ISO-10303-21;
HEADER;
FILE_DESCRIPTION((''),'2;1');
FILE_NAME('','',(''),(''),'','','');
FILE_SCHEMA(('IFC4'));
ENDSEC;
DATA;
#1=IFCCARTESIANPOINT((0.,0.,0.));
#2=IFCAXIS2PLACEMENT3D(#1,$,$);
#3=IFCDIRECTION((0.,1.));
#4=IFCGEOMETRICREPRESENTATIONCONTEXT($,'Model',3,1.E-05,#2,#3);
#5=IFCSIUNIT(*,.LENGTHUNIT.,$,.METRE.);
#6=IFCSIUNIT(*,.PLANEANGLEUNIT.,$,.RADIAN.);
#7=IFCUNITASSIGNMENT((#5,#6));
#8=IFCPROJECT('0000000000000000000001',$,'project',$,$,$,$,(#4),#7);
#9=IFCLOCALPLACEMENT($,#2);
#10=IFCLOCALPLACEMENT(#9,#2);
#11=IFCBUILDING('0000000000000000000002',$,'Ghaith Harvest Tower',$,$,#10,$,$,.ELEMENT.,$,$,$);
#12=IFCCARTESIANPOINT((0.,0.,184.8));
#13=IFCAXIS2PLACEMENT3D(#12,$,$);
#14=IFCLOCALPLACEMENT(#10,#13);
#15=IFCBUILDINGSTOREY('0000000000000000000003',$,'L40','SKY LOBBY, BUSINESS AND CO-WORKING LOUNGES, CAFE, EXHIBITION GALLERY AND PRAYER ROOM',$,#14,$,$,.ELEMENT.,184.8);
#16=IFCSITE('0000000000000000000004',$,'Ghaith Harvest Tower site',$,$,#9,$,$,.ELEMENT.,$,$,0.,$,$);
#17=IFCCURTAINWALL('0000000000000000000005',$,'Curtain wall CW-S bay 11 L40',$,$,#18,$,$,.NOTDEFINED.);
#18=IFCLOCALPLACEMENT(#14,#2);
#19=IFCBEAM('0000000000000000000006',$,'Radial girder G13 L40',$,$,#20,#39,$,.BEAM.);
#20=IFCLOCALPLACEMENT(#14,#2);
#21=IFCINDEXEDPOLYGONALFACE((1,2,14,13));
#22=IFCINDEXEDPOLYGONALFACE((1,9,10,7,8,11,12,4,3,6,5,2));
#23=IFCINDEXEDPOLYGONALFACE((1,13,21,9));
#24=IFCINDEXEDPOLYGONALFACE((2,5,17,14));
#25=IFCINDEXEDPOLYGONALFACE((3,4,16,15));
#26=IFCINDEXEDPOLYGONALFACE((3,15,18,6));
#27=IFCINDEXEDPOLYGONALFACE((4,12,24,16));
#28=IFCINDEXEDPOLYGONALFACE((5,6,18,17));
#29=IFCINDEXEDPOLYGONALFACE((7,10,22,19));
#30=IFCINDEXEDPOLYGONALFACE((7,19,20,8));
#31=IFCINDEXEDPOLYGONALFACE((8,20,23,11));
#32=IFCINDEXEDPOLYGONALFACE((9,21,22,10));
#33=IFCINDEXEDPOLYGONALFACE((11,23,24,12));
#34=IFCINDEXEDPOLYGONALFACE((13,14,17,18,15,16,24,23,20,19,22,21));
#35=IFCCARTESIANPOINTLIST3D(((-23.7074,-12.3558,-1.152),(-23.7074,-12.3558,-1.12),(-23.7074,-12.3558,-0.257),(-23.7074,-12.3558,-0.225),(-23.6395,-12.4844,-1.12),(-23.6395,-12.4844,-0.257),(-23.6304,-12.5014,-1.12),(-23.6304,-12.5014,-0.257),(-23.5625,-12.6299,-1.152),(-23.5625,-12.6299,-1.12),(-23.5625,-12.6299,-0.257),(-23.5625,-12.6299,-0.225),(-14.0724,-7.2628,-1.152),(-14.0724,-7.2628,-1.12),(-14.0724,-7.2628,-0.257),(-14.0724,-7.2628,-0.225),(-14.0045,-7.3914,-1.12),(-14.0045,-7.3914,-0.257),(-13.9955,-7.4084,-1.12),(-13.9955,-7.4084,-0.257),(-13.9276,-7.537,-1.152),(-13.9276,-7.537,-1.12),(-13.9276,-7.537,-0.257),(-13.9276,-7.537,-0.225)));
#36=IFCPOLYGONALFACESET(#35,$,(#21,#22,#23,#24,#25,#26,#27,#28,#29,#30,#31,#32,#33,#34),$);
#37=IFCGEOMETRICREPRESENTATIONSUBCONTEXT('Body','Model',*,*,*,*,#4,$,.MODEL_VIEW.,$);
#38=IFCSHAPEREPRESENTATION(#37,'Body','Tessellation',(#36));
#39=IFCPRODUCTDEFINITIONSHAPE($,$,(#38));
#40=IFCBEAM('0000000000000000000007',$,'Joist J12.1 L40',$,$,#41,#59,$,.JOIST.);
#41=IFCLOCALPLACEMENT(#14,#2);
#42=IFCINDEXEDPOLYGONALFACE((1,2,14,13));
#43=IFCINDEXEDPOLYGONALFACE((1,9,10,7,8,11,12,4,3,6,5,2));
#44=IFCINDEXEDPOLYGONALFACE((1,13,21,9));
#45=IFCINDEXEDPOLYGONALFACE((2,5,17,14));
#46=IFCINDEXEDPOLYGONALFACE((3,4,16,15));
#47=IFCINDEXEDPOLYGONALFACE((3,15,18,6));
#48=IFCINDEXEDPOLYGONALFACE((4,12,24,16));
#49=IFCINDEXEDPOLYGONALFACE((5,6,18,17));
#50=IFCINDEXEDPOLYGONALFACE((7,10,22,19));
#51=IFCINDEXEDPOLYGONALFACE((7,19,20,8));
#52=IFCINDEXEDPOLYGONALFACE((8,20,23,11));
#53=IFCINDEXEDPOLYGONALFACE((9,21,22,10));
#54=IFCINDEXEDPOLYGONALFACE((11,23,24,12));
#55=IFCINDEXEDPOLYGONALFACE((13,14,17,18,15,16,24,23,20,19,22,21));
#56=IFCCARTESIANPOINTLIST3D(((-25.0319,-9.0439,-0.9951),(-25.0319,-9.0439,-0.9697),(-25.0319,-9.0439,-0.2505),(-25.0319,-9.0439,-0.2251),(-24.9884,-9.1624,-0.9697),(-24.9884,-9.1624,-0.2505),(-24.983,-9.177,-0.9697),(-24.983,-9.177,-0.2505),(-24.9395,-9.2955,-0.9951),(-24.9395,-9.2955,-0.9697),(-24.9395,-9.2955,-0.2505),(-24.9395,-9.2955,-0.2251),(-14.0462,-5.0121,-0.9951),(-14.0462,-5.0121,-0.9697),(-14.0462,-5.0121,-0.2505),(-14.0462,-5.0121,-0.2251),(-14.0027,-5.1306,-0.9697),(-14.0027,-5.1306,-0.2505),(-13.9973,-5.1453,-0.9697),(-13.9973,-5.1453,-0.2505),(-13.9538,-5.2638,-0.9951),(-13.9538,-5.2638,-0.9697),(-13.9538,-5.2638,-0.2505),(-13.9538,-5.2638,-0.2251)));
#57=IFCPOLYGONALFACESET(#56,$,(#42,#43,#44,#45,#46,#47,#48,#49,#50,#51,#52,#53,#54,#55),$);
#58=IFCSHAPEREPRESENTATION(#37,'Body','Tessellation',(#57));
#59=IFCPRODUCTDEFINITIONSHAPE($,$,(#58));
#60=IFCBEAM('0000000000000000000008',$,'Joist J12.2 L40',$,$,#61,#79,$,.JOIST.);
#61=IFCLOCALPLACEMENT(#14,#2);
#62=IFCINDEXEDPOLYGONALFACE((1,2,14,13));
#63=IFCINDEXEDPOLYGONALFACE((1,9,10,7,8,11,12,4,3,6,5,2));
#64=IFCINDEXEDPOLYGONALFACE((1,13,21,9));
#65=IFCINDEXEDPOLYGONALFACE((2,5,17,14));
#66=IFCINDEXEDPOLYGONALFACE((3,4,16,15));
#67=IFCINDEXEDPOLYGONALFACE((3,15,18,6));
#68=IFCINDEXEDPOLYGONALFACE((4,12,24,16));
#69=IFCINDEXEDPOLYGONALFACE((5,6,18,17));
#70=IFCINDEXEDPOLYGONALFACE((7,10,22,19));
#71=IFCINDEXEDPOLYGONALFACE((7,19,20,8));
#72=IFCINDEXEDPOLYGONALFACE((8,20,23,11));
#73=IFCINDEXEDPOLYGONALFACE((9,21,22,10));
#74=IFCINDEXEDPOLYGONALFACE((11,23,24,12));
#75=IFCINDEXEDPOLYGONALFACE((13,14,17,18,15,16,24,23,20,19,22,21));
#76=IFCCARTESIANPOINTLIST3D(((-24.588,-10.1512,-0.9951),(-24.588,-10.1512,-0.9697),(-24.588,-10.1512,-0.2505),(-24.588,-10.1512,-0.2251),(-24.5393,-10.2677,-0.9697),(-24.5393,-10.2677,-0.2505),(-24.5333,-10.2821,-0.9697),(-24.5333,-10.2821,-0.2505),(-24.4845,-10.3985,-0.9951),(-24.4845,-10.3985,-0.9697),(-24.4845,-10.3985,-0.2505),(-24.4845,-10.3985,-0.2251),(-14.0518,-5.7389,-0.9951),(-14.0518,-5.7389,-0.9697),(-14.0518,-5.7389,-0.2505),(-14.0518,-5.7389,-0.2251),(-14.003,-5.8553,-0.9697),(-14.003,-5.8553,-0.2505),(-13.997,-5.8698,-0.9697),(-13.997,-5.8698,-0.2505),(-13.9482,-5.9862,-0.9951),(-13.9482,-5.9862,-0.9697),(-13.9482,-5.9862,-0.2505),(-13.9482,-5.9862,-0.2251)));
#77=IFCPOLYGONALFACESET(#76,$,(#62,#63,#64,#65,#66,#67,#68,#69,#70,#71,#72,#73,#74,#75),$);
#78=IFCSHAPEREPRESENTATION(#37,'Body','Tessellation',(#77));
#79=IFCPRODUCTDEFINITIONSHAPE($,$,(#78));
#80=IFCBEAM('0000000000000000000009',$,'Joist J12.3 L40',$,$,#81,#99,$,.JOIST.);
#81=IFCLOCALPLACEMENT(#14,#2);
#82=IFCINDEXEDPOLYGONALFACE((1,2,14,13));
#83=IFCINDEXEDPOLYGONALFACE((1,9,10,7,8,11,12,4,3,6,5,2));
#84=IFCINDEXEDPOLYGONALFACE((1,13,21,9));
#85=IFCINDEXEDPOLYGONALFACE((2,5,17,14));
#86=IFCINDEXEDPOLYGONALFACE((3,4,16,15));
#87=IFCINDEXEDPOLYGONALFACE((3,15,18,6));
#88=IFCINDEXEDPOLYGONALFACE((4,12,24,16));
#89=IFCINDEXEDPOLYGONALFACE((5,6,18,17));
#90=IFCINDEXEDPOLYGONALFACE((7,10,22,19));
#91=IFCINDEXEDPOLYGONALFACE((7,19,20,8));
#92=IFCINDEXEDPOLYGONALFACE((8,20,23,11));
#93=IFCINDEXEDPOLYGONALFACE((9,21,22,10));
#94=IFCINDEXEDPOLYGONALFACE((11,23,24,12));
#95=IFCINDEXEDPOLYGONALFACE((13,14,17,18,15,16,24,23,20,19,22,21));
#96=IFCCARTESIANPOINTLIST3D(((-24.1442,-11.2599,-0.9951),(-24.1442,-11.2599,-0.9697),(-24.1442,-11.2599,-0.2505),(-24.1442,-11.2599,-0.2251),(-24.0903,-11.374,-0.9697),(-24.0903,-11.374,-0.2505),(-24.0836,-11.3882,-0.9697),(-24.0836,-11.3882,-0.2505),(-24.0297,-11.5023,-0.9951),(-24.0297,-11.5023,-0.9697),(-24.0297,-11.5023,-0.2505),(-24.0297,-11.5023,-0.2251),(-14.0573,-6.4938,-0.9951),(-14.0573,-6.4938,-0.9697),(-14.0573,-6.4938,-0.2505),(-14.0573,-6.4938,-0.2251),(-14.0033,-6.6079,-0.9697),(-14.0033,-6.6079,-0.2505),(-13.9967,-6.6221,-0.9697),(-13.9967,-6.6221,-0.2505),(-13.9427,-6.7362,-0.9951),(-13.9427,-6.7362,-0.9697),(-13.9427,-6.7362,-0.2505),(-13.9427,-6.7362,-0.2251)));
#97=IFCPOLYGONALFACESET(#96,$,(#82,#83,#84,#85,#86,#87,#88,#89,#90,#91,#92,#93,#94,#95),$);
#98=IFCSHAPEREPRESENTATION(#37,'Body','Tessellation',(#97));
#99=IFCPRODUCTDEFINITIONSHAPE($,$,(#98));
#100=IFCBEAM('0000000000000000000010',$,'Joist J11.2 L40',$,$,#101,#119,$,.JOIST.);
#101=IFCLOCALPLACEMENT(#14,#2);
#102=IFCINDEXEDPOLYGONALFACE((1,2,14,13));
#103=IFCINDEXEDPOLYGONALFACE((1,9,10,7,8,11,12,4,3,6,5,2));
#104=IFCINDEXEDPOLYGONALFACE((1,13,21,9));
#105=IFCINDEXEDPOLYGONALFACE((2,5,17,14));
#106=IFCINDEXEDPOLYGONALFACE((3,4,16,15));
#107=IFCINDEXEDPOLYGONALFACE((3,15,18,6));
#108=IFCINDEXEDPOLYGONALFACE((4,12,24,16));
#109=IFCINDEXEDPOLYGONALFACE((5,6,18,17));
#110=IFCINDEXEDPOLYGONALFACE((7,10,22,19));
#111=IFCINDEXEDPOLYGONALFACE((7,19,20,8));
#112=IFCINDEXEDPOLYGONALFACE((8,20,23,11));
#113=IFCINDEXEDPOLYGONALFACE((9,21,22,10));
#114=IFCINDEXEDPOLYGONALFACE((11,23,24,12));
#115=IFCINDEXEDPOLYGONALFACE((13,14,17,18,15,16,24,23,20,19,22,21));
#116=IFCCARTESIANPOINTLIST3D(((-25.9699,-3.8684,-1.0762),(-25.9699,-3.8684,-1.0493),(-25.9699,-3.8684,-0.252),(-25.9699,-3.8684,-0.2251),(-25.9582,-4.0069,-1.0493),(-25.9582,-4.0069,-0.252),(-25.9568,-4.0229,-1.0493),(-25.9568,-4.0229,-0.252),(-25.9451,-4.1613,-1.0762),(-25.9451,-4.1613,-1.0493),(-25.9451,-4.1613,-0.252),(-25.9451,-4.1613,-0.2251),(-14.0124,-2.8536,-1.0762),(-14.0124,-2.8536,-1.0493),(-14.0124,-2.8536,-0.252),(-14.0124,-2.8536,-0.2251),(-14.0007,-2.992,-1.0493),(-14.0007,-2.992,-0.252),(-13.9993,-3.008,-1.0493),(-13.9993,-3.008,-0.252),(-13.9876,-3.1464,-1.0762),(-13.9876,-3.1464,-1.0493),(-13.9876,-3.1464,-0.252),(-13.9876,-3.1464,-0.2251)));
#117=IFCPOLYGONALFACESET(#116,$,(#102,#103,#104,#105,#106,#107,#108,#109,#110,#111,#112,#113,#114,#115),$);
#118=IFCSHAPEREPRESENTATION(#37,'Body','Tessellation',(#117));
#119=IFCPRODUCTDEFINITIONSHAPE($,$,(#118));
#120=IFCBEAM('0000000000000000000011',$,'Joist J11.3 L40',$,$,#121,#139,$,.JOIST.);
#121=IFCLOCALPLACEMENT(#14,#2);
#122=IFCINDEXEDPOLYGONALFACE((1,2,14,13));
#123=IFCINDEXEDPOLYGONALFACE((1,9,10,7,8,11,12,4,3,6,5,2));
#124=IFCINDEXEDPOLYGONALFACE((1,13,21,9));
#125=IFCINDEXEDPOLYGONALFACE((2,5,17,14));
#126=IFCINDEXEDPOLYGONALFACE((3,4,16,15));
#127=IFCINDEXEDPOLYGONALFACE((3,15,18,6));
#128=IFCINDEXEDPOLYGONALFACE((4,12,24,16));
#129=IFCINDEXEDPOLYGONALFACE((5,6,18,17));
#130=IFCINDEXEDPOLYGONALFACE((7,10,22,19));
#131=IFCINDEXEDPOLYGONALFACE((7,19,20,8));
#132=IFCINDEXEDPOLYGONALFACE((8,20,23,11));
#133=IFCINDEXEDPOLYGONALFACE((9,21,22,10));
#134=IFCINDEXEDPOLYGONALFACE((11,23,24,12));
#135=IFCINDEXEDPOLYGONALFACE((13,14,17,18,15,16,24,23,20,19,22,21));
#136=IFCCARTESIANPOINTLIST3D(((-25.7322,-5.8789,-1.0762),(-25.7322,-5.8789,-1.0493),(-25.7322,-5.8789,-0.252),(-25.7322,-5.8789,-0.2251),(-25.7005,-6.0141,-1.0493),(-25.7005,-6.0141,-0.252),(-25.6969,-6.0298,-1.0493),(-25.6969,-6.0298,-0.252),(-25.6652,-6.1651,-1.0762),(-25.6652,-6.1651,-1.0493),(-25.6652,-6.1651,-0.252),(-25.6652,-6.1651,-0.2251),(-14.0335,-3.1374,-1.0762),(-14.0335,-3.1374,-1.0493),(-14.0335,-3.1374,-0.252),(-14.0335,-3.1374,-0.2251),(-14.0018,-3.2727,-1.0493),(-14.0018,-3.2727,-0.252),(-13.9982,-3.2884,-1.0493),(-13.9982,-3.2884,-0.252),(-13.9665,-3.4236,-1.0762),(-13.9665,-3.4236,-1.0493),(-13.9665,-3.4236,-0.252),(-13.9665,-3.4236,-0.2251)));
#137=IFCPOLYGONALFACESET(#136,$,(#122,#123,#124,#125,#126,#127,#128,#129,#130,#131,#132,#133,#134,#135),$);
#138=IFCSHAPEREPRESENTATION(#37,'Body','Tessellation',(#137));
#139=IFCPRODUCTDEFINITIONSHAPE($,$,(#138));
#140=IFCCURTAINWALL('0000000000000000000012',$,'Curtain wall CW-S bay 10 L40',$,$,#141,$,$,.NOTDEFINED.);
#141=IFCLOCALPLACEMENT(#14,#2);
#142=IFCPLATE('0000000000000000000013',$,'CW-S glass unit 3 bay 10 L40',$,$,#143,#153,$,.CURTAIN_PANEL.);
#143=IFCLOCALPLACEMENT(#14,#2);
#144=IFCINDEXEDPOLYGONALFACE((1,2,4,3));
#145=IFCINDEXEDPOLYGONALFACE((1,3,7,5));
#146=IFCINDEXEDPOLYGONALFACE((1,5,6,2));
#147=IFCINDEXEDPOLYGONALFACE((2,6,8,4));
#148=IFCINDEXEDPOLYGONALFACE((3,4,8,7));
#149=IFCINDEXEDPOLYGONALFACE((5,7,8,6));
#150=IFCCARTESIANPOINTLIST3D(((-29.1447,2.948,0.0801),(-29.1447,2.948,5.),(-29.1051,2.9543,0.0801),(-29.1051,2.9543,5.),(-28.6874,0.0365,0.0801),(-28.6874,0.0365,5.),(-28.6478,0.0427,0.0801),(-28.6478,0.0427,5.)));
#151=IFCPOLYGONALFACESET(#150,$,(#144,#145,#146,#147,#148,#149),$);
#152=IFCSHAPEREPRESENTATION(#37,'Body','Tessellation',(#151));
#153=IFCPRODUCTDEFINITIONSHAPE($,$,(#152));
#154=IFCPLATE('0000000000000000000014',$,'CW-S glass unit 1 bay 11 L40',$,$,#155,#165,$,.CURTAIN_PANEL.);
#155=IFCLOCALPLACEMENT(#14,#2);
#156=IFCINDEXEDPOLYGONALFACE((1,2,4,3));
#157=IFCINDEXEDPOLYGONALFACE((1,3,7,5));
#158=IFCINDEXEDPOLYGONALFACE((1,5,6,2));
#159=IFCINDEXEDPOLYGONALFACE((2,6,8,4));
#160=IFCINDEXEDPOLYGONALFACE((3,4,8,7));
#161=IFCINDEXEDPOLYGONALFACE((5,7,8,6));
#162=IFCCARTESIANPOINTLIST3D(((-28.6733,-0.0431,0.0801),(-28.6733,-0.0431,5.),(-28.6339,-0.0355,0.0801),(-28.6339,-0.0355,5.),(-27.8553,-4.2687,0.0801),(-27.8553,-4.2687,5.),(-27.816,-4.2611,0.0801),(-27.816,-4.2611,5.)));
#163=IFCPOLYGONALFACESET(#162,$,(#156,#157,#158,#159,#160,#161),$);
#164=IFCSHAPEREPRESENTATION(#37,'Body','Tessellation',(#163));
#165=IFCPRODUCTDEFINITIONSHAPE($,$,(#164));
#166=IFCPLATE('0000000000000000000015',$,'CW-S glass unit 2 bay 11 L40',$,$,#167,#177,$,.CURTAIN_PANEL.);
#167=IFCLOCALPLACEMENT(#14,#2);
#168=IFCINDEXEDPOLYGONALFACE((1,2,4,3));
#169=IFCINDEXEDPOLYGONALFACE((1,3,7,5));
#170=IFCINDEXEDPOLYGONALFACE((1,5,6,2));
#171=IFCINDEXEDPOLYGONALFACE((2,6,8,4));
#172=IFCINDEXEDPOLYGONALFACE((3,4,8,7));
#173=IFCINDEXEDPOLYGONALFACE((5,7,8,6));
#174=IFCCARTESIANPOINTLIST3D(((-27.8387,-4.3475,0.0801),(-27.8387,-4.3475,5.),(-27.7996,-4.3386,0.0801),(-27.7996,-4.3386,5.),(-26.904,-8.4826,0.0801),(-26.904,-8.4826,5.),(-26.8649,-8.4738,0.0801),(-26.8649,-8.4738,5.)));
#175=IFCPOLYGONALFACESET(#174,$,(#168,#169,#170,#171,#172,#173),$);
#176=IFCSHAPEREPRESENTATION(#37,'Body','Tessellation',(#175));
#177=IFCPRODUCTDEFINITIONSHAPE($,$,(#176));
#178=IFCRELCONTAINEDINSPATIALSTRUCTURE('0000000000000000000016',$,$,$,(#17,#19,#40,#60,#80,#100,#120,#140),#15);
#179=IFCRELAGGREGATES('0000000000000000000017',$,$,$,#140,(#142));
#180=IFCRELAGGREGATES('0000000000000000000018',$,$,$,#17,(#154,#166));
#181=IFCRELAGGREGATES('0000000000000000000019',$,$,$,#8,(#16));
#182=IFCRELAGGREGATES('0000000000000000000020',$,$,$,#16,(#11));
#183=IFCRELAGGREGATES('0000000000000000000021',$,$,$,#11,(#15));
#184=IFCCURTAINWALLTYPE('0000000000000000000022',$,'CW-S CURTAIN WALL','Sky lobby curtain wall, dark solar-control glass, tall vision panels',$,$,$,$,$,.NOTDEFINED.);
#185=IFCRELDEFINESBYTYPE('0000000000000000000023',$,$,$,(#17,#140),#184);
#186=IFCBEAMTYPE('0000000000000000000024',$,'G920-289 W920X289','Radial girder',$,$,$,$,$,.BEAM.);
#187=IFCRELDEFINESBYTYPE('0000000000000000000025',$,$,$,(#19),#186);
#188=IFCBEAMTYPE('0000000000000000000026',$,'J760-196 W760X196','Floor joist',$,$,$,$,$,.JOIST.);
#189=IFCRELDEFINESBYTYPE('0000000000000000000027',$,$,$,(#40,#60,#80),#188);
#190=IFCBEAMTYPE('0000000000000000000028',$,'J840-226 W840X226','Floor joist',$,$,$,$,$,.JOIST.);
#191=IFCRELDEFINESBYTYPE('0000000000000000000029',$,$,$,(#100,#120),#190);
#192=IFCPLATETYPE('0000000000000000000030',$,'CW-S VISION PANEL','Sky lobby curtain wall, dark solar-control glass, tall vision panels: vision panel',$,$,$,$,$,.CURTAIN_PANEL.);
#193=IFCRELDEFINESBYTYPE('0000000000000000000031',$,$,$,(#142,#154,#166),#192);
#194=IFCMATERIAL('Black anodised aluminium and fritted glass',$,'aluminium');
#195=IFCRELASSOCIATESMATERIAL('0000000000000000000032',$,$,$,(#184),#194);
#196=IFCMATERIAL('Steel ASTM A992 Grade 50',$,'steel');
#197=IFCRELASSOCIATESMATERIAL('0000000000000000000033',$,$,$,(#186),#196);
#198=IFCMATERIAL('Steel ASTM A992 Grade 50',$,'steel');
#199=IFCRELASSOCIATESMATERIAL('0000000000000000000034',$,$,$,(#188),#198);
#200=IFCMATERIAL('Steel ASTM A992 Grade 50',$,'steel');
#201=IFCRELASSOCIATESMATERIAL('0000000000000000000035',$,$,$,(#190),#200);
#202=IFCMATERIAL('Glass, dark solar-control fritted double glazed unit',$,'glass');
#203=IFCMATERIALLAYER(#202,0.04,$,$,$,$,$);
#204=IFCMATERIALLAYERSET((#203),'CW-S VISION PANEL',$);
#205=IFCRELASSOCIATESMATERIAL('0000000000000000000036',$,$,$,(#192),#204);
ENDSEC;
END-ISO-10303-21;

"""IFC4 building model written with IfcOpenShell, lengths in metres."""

from ifc_helpers import new_model, si_unit, direction, frame, origin, origin_2d, place, context, subcontext, project, spatial, rectangle, i_section, extrude, material, layer, layer_set, material_profile, profile_set, type_object, element, aggregate, save


model = new_model("IFC4")

# Units and contexts
model_context = context("Model", 3, precision=1e-05, world=origin(), true_north=direction((0.0, 1.0)))
body_context = subcontext(model_context, "Body", "Model", "MODEL_VIEW")
ifc_project = project(units=[si_unit("LENGTHUNIT", "METRE"), si_unit("PLANEANGLEUNIT", "RADIAN")], contexts=[model_context])

# Site, building, storey
site_placement = place(None, origin())
site = spatial("IfcSite", under=ifc_project, at=site_placement, Name="Ghaith Harvest Tower site", CompositionType="ELEMENT", RefElevation=0.0)
building_placement = place(site_placement, origin())
building = spatial("IfcBuilding", under=site, at=building_placement, Name="Ghaith Harvest Tower", CompositionType="ELEMENT")
storey_placement = place(building_placement, frame((0.0, 0.0, 184.8)))
storey = spatial("IfcBuildingStorey", under=building, at=storey_placement, Name="L40", Description="SKY LOBBY, BUSINESS AND CO-WORKING LOUNGES, CAFE, EXHIBITION GALLERY AND PRAYER ROOM", CompositionType="ELEMENT", Elevation=184.8)

# Curtain wall
ifc_material_1 = material(Name="Black anodised aluminium and fritted glass", Category="aluminium")
curtain_wall_type = type_object("IfcCurtainWallType", Name="CW-S CURTAIN WALL", Description="Sky lobby curtain wall, dark solar-control glass, tall vision panels", PredefinedType="NOTDEFINED", material=ifc_material_1)
curtain_wall_1_placement = place(storey_placement, origin())
curtain_wall_1 = element("IfcCurtainWall", 1, at=curtain_wall_1_placement, inside=storey, type_object=curtain_wall_type, Name="Curtain wall CW-S bay 11 L40", PredefinedType="NOTDEFINED")

# Beams
ifc_material_2 = material(Name="Steel ASTM A992 Grade 50", Category="steel")
ifc_material_profile_1 = material_profile(ifc_material_2, i_section(OverallWidth=0.3101, OverallDepth=0.927, WebThickness=0.0193, FlangeThickness=0.032, at=origin_2d()), Name="W920X289")
ifc_profile_set_1 = profile_set([ifc_material_profile_1], Name="Steel ASTM A992 Grade 50")
beam_type_1 = type_object("IfcBeamType", Name="G920-289 W920X289", Description="Radial girder", PredefinedType="BEAM", material=ifc_profile_set_1)
beam_1_placement = place(storey_placement, frame((-14.0, -7.3999, -0.6885), z_axis=(-0.884086, -0.467324, 0.0), x_axis=(0.467324, -0.884086, 0.0)))
element("IfcBeam", 2, at=beam_1_placement, inside=storey, type_object=beam_type_1, Name="Radial girder G13 L40", PredefinedType="BEAM", context=body_context, shape_type="SweptSolid", body=[
    extrude(i_section(OverallWidth=0.3101, OverallDepth=0.927, WebThickness=0.0193, FlangeThickness=0.032, at=origin_2d()), origin(), (0.0, 0.0, 1.0), 10.8982),
])
ifc_material_3 = material(Name="Steel ASTM A992 Grade 50", Category="steel")
ifc_material_profile_2 = material_profile(ifc_material_3, i_section(OverallWidth=0.2681, OverallDepth=0.77, WebThickness=0.0156, FlangeThickness=0.0254, at=origin_2d()), Name="W760X196")
ifc_profile_set_2 = profile_set([ifc_material_profile_2], Name="Steel ASTM A992 Grade 50")
beam_type_2 = type_object("IfcBeamType", Name="J760-196 W760X196", Description="Floor joist", PredefinedType="JOIST", material=ifc_profile_set_2)
beam_2_placement = place(storey_placement, frame((-14.0, -5.1379, -0.6101), z_axis=(-0.938774, -0.344532, 0.0), x_axis=(0.344532, -0.938774, 0.0)))
element("IfcBeam", 3, at=beam_2_placement, inside=storey, type_object=beam_type_2, Name="Joist J12.1 L40", PredefinedType="JOIST", context=body_context, shape_type="SweptSolid", body=[
    extrude(i_section(OverallWidth=0.2681, OverallDepth=0.77, WebThickness=0.0156, FlangeThickness=0.0254, at=origin_2d()), origin(), (0.0, 0.0, 1.0), 11.7021),
])
beam_3_placement = place(storey_placement, frame((-14.0, -5.8625, -0.6101), z_axis=(-0.922386, -0.38627, 0.0), x_axis=(0.38627, -0.922386, 0.0)))
element("IfcBeam", 4, at=beam_3_placement, inside=storey, type_object=beam_type_2, Name="Joist J12.2 L40", PredefinedType="JOIST", context=body_context, shape_type="SweptSolid", body=[
    extrude(i_section(OverallWidth=0.2681, OverallDepth=0.77, WebThickness=0.0156, FlangeThickness=0.0254, at=origin_2d()), origin(), (0.0, 0.0, 1.0), 11.4229),
])
beam_4_placement = place(storey_placement, frame((-14.0, -6.615, -0.6101), z_axis=(-0.90415, -0.427215, 0.0), x_axis=(0.427215, -0.90415, 0.0)))
element("IfcBeam", 5, at=beam_4_placement, inside=storey, type_object=beam_type_2, Name="Joist J12.3 L40", PredefinedType="JOIST", context=body_context, shape_type="SweptSolid", body=[
    extrude(i_section(OverallWidth=0.2681, OverallDepth=0.77, WebThickness=0.0156, FlangeThickness=0.0254, at=origin_2d()), origin(), (0.0, 0.0, 1.0), 11.1562),
])
ifc_material_4 = material(Name="Steel ASTM A992 Grade 50", Category="steel")
ifc_material_profile_3 = material_profile(ifc_material_4, i_section(OverallWidth=0.2939, OverallDepth=0.8511, WebThickness=0.0161, FlangeThickness=0.0269, at=origin_2d()), Name="W840X226")
ifc_profile_set_3 = profile_set([ifc_material_profile_3], Name="Steel ASTM A992 Grade 50")
beam_type_3 = type_object("IfcBeamType", Name="J840-226 W840X226", Description="Floor joist", PredefinedType="JOIST", material=ifc_profile_set_3)
beam_5_placement = place(storey_placement, frame((-14.0, -3.0, -0.6506), z_axis=(-0.996417, -0.084571, 0.0), x_axis=(0.084571, -0.996417, 0.0)))
element("IfcBeam", 6, at=beam_5_placement, inside=storey, type_object=beam_type_3, Name="Joist J11.2 L40", PredefinedType="JOIST", context=body_context, shape_type="SweptSolid", body=[
    extrude(i_section(OverallWidth=0.2939, OverallDepth=0.8511, WebThickness=0.0161, FlangeThickness=0.0269, at=origin_2d()), origin(), (0.0, 0.0, 1.0), 12.0005),
])
beam_6_placement = place(storey_placement, frame((-14.0, -3.2805, -0.6506), z_axis=(-0.973624, -0.228157, 0.0), x_axis=(0.228157, -0.973624, 0.0)))
element("IfcBeam", 7, at=beam_6_placement, inside=storey, type_object=beam_type_3, Name="Joist J11.3 L40", PredefinedType="JOIST", context=body_context, shape_type="SweptSolid", body=[
    extrude(i_section(OverallWidth=0.2939, OverallDepth=0.8511, WebThickness=0.0161, FlangeThickness=0.0269, at=origin_2d()), origin(), (0.0, 0.0, 1.0), 12.0156),
])

# Curtain wall, plate
curtain_wall_2_placement = place(storey_placement, origin())
curtain_wall_2 = element("IfcCurtainWall", 8, at=curtain_wall_2_placement, inside=storey, type_object=curtain_wall_type, Name="Curtain wall CW-S bay 10 L40", PredefinedType="NOTDEFINED")
ifc_material_5 = material(Name="Glass, dark solar-control fritted double glazed unit", Category="glass")
ifc_layer_1 = layer(ifc_material_5, 0.04)
ifc_layer_set_1 = layer_set([ifc_layer_1], Name="CW-S VISION PANEL")
plate_type_1 = type_object("IfcPlateType", Name="CW-S VISION PANEL", Description="Sky lobby curtain wall, dark solar-control glass, tall vision panels: vision panel", PredefinedType="CURTAIN_PANEL", material=ifc_layer_set_1)
plate_1_placement = place(storey_placement, frame((-28.8962, 1.4954, 0.0801), z_axis=(0.0, 0.0, 1.0), x_axis=(0.155172, -0.987887, 0.0)))
plate_1 = element("IfcPlate", 9, at=plate_1_placement, type_object=plate_type_1, Name="CW-S glass unit 3 bay 10 L40", PredefinedType="CURTAIN_PANEL", context=body_context, shape_type="SweptSolid", body=[
    extrude(rectangle(XDim=2.9473, YDim=0.04, at=origin_2d()), origin(), (0.0, 0.0, 1.0), 4.9199),
])
aggregate(curtain_wall_2, [plate_1])

# Plates
plate_2_placement = place(storey_placement, frame((-28.2446, -2.1521, 0.0801), z_axis=(0.0, 0.0, 1.0), x_axis=(0.190045, -0.981775, 0.0)))
plate_2 = element("IfcPlate", 10, at=plate_2_placement, type_object=plate_type_1, Name="CW-S glass unit 1 bay 11 L40", PredefinedType="CURTAIN_PANEL", context=body_context, shape_type="SweptSolid", body=[
    extrude(rectangle(XDim=4.304, YDim=0.04, at=origin_2d()), origin(), (0.0, 0.0, 1.0), 4.9199),
])
plate_3_placement = place(storey_placement, frame((-27.3518, -6.4106, 0.0801), z_axis=(0.0, 0.0, 1.0), x_axis=(0.220483, -0.975391, 0.0)))
plate_3 = element("IfcPlate", 11, at=plate_3_placement, type_object=plate_type_1, Name="CW-S glass unit 2 bay 11 L40", PredefinedType="CURTAIN_PANEL", context=body_context, shape_type="SweptSolid", body=[
    extrude(rectangle(XDim=4.2395, YDim=0.04, at=origin_2d()), origin(), (0.0, 0.0, 1.0), 4.9199),
])
aggregate(curtain_wall_1, [plate_2, plate_3])

save(model, "model.ifc")
